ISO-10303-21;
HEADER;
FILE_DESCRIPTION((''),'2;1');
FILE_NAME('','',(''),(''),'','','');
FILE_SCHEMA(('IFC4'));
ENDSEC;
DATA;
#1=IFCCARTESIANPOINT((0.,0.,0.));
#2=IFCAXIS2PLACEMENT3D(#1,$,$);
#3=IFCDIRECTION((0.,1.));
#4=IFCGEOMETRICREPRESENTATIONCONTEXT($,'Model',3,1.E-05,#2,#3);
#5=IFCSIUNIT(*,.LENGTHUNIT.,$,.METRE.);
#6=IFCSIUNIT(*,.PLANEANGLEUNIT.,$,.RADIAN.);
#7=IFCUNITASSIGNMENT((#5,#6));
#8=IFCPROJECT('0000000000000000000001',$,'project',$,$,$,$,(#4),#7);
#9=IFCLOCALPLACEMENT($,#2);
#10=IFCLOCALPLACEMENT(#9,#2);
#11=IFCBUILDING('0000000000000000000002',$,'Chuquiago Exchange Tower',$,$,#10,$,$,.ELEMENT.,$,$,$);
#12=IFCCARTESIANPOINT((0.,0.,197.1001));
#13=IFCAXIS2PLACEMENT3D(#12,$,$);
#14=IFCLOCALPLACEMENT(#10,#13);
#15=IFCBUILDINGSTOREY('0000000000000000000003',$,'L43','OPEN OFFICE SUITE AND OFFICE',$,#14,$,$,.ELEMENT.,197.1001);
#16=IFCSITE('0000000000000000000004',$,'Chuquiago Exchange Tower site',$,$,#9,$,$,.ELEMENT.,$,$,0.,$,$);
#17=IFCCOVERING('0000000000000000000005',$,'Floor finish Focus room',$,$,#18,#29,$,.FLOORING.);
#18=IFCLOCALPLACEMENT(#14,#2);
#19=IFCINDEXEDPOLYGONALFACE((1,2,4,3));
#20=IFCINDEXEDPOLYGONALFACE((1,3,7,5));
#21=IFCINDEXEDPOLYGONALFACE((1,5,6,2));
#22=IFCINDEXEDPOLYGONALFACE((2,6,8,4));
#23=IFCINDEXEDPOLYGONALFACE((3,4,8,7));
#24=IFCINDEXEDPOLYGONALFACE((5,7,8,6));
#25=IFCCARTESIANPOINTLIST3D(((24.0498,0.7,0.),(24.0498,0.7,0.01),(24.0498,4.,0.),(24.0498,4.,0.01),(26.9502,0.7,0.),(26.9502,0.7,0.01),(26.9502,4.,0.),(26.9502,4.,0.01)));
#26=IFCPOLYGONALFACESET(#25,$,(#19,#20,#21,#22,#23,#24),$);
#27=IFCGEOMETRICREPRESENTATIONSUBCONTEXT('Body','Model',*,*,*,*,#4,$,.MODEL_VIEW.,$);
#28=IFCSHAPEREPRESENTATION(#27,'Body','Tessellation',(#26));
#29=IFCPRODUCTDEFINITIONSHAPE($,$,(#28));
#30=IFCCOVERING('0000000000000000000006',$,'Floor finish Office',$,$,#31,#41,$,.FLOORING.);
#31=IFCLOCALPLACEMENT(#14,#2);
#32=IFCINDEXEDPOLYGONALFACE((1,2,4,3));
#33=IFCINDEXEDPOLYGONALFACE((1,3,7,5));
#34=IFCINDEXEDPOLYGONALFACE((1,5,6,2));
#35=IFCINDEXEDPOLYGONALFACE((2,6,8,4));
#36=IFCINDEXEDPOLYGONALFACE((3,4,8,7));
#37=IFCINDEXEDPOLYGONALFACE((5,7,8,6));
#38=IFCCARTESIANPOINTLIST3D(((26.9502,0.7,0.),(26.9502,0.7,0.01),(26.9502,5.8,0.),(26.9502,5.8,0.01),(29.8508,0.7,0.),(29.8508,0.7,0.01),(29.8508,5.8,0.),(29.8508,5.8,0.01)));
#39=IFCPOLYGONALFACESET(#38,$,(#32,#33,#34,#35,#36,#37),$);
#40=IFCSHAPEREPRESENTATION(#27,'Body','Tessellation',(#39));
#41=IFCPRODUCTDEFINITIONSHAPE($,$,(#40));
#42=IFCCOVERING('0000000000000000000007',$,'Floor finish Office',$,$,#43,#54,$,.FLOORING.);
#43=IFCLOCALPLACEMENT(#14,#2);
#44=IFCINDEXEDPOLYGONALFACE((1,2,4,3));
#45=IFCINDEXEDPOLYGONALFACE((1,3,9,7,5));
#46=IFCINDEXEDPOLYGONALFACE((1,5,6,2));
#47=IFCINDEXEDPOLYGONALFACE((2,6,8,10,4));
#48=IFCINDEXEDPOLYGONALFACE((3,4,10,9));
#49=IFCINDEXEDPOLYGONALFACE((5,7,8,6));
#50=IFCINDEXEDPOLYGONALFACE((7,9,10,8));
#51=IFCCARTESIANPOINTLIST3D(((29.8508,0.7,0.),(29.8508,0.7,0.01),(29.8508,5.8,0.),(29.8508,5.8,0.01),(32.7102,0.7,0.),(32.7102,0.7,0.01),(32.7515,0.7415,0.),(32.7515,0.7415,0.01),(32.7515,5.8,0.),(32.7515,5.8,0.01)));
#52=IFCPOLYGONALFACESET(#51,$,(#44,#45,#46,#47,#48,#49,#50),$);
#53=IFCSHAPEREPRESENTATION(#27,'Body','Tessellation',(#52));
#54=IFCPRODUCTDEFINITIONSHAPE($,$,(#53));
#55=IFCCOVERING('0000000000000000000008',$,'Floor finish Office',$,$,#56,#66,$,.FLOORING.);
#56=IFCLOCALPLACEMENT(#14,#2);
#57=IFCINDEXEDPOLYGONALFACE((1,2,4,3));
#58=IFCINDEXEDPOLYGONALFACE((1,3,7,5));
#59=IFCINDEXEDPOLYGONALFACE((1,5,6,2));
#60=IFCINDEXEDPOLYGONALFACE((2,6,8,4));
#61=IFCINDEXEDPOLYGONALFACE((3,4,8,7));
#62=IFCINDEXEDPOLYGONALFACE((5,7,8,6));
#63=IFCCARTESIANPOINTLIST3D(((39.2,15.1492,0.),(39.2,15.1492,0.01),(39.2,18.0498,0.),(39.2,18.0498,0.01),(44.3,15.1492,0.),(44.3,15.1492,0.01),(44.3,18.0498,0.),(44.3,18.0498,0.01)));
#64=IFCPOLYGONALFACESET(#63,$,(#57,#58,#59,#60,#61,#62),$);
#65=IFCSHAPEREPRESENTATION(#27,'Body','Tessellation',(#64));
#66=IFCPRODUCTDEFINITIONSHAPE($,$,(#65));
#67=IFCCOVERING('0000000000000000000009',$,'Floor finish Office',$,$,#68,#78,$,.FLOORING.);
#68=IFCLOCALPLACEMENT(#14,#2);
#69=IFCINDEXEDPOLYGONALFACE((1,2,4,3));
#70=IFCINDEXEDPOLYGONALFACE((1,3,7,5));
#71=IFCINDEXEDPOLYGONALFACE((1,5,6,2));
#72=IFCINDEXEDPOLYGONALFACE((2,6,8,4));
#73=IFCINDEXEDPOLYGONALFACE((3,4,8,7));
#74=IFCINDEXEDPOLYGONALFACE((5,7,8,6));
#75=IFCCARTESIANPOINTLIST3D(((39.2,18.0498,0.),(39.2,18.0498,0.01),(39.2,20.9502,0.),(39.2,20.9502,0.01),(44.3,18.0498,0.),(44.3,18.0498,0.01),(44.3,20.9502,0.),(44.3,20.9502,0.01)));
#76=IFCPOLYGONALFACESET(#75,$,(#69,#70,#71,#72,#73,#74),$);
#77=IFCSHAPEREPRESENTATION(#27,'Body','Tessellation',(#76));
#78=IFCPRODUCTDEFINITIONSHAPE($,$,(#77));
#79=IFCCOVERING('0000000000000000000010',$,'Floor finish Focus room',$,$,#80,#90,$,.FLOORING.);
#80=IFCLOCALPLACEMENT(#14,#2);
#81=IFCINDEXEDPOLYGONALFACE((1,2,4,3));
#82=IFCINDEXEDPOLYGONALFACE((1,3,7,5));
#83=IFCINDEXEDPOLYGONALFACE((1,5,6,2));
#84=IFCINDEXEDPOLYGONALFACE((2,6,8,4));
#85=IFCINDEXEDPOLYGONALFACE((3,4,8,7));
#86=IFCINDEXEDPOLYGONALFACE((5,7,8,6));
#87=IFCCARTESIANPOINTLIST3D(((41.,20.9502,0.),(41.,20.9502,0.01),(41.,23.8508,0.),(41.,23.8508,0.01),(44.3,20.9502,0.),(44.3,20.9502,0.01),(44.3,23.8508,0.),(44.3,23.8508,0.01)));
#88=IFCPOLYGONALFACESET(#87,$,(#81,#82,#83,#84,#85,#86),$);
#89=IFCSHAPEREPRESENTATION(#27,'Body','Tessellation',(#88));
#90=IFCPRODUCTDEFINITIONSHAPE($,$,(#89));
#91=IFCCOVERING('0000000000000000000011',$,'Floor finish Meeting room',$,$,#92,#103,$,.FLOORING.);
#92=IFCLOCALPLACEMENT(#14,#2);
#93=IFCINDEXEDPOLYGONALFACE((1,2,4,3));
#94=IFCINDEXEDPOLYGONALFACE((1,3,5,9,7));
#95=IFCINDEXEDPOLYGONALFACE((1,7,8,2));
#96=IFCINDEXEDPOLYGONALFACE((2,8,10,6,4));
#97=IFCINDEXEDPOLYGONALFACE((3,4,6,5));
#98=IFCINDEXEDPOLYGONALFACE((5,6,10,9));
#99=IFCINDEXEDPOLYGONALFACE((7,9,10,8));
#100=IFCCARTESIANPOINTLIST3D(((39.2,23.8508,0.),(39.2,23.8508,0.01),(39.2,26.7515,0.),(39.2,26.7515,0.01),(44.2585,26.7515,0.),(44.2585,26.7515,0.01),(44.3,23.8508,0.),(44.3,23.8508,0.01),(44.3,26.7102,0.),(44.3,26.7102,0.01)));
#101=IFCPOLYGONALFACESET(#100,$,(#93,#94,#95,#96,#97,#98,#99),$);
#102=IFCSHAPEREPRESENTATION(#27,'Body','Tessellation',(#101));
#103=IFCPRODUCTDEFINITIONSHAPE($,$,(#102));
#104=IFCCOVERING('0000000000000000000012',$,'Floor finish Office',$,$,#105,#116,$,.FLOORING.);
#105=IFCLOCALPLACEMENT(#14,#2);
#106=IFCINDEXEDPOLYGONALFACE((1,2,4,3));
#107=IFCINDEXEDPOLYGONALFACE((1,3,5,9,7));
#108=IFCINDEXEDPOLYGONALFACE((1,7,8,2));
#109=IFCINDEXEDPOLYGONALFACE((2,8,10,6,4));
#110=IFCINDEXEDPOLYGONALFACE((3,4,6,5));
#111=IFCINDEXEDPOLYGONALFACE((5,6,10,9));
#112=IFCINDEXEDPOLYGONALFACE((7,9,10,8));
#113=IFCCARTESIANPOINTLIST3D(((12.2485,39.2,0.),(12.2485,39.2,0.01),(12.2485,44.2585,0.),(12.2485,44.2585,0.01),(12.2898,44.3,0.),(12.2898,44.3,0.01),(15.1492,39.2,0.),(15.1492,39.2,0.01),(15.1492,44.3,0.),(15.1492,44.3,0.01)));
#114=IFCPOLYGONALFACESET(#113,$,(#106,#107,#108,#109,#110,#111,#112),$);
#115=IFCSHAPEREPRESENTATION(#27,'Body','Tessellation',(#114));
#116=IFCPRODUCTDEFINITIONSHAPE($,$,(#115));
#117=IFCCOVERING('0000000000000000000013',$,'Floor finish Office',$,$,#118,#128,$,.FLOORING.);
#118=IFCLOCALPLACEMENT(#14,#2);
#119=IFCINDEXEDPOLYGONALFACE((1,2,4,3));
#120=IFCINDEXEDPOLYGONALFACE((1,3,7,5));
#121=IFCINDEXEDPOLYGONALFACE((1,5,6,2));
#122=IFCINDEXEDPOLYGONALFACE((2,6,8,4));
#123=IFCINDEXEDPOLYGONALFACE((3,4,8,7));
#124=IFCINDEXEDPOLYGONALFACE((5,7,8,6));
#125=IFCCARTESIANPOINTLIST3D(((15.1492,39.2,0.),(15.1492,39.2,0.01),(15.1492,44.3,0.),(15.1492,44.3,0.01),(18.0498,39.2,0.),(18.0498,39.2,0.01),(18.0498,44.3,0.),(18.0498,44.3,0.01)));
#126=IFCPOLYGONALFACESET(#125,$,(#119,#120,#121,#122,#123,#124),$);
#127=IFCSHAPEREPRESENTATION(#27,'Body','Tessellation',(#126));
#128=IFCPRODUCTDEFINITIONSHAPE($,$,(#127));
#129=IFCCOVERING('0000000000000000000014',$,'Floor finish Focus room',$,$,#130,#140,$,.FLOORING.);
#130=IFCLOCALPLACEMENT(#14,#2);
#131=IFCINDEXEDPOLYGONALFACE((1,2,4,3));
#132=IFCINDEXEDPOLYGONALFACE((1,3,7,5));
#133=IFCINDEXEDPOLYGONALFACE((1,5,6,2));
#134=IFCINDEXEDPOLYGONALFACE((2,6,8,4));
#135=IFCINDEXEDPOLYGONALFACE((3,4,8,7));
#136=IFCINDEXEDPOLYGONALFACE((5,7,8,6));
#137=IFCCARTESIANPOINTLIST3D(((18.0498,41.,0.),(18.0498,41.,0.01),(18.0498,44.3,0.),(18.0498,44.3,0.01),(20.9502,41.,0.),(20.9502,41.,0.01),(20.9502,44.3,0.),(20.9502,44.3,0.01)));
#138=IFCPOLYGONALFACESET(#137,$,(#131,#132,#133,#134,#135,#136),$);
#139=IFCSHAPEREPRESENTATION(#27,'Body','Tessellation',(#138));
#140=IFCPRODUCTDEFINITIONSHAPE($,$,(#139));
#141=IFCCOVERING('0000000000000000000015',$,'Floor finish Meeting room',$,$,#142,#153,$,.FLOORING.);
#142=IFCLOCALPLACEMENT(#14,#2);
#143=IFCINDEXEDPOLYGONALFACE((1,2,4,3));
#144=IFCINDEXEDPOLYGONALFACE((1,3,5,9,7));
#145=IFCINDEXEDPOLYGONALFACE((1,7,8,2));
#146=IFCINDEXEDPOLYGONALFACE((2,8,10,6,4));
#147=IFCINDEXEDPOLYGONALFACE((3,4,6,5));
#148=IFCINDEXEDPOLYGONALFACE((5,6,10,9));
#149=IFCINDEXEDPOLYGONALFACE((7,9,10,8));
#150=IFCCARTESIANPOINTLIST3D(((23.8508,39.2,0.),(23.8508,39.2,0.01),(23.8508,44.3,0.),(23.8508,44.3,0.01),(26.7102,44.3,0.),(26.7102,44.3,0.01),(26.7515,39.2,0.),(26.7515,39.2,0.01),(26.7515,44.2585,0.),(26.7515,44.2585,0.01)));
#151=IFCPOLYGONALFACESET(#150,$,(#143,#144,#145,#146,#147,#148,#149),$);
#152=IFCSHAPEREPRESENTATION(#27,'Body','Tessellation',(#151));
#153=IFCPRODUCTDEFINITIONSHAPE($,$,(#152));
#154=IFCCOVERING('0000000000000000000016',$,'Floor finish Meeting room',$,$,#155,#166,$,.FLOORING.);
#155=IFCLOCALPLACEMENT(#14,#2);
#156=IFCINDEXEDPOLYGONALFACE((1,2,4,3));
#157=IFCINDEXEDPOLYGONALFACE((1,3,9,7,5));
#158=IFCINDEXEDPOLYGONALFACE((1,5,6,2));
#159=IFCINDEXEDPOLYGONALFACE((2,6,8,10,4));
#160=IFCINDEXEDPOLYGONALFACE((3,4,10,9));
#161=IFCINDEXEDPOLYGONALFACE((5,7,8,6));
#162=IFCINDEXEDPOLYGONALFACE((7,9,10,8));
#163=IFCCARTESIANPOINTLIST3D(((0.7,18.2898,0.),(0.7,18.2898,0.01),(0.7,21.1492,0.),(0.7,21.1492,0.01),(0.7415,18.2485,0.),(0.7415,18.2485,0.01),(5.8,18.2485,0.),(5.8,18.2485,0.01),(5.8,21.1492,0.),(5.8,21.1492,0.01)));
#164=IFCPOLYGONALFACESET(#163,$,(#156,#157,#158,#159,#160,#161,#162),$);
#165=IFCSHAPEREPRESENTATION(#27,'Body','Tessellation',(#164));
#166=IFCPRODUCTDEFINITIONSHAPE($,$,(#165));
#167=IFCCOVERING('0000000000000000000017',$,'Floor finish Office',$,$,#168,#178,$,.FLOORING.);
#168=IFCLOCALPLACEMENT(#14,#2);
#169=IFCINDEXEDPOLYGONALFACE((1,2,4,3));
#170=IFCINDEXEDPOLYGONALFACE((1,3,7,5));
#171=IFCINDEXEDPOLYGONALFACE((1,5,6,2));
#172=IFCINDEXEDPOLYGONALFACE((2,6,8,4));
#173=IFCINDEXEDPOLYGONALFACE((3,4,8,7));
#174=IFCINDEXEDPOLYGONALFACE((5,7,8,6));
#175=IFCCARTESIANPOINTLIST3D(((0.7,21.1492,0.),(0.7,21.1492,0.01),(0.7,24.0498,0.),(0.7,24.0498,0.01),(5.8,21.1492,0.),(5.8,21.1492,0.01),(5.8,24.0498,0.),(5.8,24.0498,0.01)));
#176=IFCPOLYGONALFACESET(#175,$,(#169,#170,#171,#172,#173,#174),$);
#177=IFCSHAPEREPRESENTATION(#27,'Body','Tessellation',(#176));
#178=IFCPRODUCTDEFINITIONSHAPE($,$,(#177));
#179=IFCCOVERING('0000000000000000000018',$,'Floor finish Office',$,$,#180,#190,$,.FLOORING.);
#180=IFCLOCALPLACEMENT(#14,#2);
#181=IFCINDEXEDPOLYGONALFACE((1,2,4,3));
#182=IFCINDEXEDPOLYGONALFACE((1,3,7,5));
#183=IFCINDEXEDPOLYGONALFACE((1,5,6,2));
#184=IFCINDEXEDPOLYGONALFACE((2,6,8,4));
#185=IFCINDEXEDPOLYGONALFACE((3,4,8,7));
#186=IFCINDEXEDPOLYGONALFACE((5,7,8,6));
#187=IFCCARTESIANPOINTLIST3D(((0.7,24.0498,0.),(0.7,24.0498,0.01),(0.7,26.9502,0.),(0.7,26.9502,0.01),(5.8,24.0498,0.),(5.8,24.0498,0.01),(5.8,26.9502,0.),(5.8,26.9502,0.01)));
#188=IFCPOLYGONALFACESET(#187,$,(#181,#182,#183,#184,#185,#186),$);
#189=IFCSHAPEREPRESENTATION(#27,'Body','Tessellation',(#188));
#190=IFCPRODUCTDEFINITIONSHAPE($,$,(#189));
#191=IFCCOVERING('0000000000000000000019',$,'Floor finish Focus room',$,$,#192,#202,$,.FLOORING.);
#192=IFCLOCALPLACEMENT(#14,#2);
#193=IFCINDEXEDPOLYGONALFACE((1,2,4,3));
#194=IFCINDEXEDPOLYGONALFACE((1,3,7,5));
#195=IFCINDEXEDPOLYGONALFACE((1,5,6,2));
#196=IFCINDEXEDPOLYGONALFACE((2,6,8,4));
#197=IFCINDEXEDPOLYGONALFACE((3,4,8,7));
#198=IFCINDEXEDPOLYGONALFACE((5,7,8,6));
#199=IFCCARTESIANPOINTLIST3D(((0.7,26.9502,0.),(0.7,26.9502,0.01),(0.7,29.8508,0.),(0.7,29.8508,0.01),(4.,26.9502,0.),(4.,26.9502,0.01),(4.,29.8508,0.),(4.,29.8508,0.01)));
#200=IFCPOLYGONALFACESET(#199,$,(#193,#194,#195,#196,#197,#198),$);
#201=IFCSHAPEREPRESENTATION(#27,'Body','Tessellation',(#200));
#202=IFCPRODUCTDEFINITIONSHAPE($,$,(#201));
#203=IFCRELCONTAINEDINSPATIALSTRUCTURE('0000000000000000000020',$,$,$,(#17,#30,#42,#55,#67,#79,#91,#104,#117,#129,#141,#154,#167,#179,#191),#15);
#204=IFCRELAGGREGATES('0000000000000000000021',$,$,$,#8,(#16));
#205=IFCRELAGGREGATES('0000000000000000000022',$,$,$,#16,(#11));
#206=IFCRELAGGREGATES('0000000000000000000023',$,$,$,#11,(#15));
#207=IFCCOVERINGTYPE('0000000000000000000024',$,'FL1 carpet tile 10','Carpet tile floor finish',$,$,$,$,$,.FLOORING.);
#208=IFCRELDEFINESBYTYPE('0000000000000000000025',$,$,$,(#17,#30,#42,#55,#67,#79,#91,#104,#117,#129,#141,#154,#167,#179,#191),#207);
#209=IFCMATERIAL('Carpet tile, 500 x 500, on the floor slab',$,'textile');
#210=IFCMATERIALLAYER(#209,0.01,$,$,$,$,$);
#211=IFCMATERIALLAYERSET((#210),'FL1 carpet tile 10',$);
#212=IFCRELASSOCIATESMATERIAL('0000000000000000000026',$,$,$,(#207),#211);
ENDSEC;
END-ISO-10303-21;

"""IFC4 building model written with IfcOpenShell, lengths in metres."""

from ifc_helpers import new_model, si_unit, direction, frame, origin, place, context, subcontext, project, spatial, polyline, outline, extrude, material, layer, layer_set, type_object, element, save


model = new_model("IFC4")

# Units and contexts
model_context = context("Model", 3, precision=1e-05, world=origin(), true_north=direction((0.0, 1.0)))
body_context = subcontext(model_context, "Body", "Model", "MODEL_VIEW")
ifc_project = project(units=[si_unit("LENGTHUNIT", "METRE"), si_unit("PLANEANGLEUNIT", "RADIAN")], contexts=[model_context])

# Site, building, storey
site_placement = place(None, origin())
site = spatial("IfcSite", under=ifc_project, at=site_placement, Name="Chuquiago Exchange Tower site", CompositionType="ELEMENT", RefElevation=0.0)
building_placement = place(site_placement, origin())
building = spatial("IfcBuilding", under=site, at=building_placement, Name="Chuquiago Exchange Tower", CompositionType="ELEMENT")
storey_placement = place(building_placement, frame((0.0, 0.0, 197.1001)))
storey = spatial("IfcBuildingStorey", under=building, at=storey_placement, Name="L43", Description="OPEN OFFICE SUITE AND OFFICE", CompositionType="ELEMENT", Elevation=197.1001)

# Coverings
ifc_material_1 = material(Name="Carpet tile, 500 x 500, on the floor slab", Category="textile")
ifc_layer_1 = layer(ifc_material_1, 0.01)
ifc_layer_set_1 = layer_set([ifc_layer_1], Name="FL1 carpet tile 10")
covering_type_1 = type_object("IfcCoveringType", Name="FL1 carpet tile 10", Description="Carpet tile floor finish", PredefinedType="FLOORING", material=ifc_layer_set_1)
covering_1_placement = place(storey_placement, origin())
element("IfcCovering", 1, at=covering_1_placement, inside=storey, type_object=covering_type_1, Name="Floor finish Focus room", PredefinedType="FLOORING", context=body_context, shape_type="SweptSolid", body=[
    extrude(outline(polyline([(24.0498, 0.7), (24.0498, 4.0), (26.9502, 4.0), (26.9502, 0.7), (24.0498, 0.7)])), origin(), (0.0, 0.0, 1.0), 0.01),
])
covering_2_placement = place(storey_placement, origin())
element("IfcCovering", 2, at=covering_2_placement, inside=storey, type_object=covering_type_1, Name="Floor finish Office", PredefinedType="FLOORING", context=body_context, shape_type="SweptSolid", body=[
    extrude(outline(polyline([(26.9502, 0.7), (26.9502, 5.8), (29.8508, 5.8), (29.8508, 0.7), (26.9502, 0.7)])), origin(), (0.0, 0.0, 1.0), 0.01),
])
covering_3_placement = place(storey_placement, origin())
element("IfcCovering", 3, at=covering_3_placement, inside=storey, type_object=covering_type_1, Name="Floor finish Office", PredefinedType="FLOORING", context=body_context, shape_type="SweptSolid", body=[
    extrude(outline(polyline([(32.7102, 0.7), (29.8508, 0.7), (29.8508, 5.8), (32.7515, 5.8), (32.7515, 0.7415), (32.7102, 0.7)])), origin(), (0.0, 0.0, 1.0), 0.01),
])
covering_4_placement = place(storey_placement, origin())
element("IfcCovering", 4, at=covering_4_placement, inside=storey, type_object=covering_type_1, Name="Floor finish Office", PredefinedType="FLOORING", context=body_context, shape_type="SweptSolid", body=[
    extrude(outline(polyline([(44.3, 15.1492), (39.2, 15.1492), (39.2, 18.0498), (44.3, 18.0498), (44.3, 15.1492)])), origin(), (0.0, 0.0, 1.0), 0.01),
])
covering_5_placement = place(storey_placement, origin())
element("IfcCovering", 5, at=covering_5_placement, inside=storey, type_object=covering_type_1, Name="Floor finish Office", PredefinedType="FLOORING", context=body_context, shape_type="SweptSolid", body=[
    extrude(outline(polyline([(44.3, 18.0498), (39.2, 18.0498), (39.2, 20.9502), (44.3, 20.9502), (44.3, 18.0498)])), origin(), (0.0, 0.0, 1.0), 0.01),
])
covering_6_placement = place(storey_placement, origin())
element("IfcCovering", 6, at=covering_6_placement, inside=storey, type_object=covering_type_1, Name="Floor finish Focus room", PredefinedType="FLOORING", context=body_context, shape_type="SweptSolid", body=[
    extrude(outline(polyline([(44.3, 20.9502), (41.0, 20.9502), (41.0, 23.8508), (44.3, 23.8508), (44.3, 20.9502)])), origin(), (0.0, 0.0, 1.0), 0.01),
])
covering_7_placement = place(storey_placement, origin())
element("IfcCovering", 7, at=covering_7_placement, inside=storey, type_object=covering_type_1, Name="Floor finish Meeting room", PredefinedType="FLOORING", context=body_context, shape_type="SweptSolid", body=[
    extrude(outline(polyline([(44.3, 26.7102), (44.3, 23.8508), (39.2, 23.8508), (39.2, 26.7515), (44.2585, 26.7515), (44.3, 26.7102)])), origin(), (0.0, 0.0, 1.0), 0.01),
])
covering_8_placement = place(storey_placement, origin())
element("IfcCovering", 8, at=covering_8_placement, inside=storey, type_object=covering_type_1, Name="Floor finish Office", PredefinedType="FLOORING", context=body_context, shape_type="SweptSolid", body=[
    extrude(outline(polyline([(12.2898, 44.3), (15.1492, 44.3), (15.1492, 39.2), (12.2485, 39.2), (12.2485, 44.2585), (12.2898, 44.3)])), origin(), (0.0, 0.0, 1.0), 0.01),
])
covering_9_placement = place(storey_placement, origin())
element("IfcCovering", 9, at=covering_9_placement, inside=storey, type_object=covering_type_1, Name="Floor finish Office", PredefinedType="FLOORING", context=body_context, shape_type="SweptSolid", body=[
    extrude(outline(polyline([(18.0498, 44.3), (18.0498, 39.2), (15.1492, 39.2), (15.1492, 44.3), (18.0498, 44.3)])), origin(), (0.0, 0.0, 1.0), 0.01),
])
covering_10_placement = place(storey_placement, origin())
element("IfcCovering", 10, at=covering_10_placement, inside=storey, type_object=covering_type_1, Name="Floor finish Focus room", PredefinedType="FLOORING", context=body_context, shape_type="SweptSolid", body=[
    extrude(outline(polyline([(20.9502, 44.3), (20.9502, 41.0), (18.0498, 41.0), (18.0498, 44.3), (20.9502, 44.3)])), origin(), (0.0, 0.0, 1.0), 0.01),
])
covering_11_placement = place(storey_placement, origin())
element("IfcCovering", 11, at=covering_11_placement, inside=storey, type_object=covering_type_1, Name="Floor finish Meeting room", PredefinedType="FLOORING", context=body_context, shape_type="SweptSolid", body=[
    extrude(outline(polyline([(26.7102, 44.3), (26.7515, 44.2585), (26.7515, 39.2), (23.8508, 39.2), (23.8508, 44.3), (26.7102, 44.3)])), origin(), (0.0, 0.0, 1.0), 0.01),
])
covering_12_placement = place(storey_placement, origin())
element("IfcCovering", 12, at=covering_12_placement, inside=storey, type_object=covering_type_1, Name="Floor finish Meeting room", PredefinedType="FLOORING", context=body_context, shape_type="SweptSolid", body=[
    extrude(outline(polyline([(0.7, 21.1492), (5.8, 21.1492), (5.8, 18.2485), (0.7415, 18.2485), (0.7, 18.2898), (0.7, 21.1492)])), origin(), (0.0, 0.0, 1.0), 0.01),
])
covering_13_placement = place(storey_placement, origin())
element("IfcCovering", 13, at=covering_13_placement, inside=storey, type_object=covering_type_1, Name="Floor finish Office", PredefinedType="FLOORING", context=body_context, shape_type="SweptSolid", body=[
    extrude(outline(polyline([(0.7, 24.0498), (5.8, 24.0498), (5.8, 21.1492), (0.7, 21.1492), (0.7, 24.0498)])), origin(), (0.0, 0.0, 1.0), 0.01),
])
covering_14_placement = place(storey_placement, origin())
element("IfcCovering", 14, at=covering_14_placement, inside=storey, type_object=covering_type_1, Name="Floor finish Office", PredefinedType="FLOORING", context=body_context, shape_type="SweptSolid", body=[
    extrude(outline(polyline([(0.7, 26.9502), (5.8, 26.9502), (5.8, 24.0498), (0.7, 24.0498), (0.7, 26.9502)])), origin(), (0.0, 0.0, 1.0), 0.01),
])
covering_15_placement = place(storey_placement, origin())
element("IfcCovering", 15, at=covering_15_placement, inside=storey, type_object=covering_type_1, Name="Floor finish Focus room", PredefinedType="FLOORING", context=body_context, shape_type="SweptSolid", body=[
    extrude(outline(polyline([(0.7, 29.8508), (4.0, 29.8508), (4.0, 26.9502), (0.7, 26.9502), (0.7, 29.8508)])), origin(), (0.0, 0.0, 1.0), 0.01),
])

save(model, "model.ifc")
